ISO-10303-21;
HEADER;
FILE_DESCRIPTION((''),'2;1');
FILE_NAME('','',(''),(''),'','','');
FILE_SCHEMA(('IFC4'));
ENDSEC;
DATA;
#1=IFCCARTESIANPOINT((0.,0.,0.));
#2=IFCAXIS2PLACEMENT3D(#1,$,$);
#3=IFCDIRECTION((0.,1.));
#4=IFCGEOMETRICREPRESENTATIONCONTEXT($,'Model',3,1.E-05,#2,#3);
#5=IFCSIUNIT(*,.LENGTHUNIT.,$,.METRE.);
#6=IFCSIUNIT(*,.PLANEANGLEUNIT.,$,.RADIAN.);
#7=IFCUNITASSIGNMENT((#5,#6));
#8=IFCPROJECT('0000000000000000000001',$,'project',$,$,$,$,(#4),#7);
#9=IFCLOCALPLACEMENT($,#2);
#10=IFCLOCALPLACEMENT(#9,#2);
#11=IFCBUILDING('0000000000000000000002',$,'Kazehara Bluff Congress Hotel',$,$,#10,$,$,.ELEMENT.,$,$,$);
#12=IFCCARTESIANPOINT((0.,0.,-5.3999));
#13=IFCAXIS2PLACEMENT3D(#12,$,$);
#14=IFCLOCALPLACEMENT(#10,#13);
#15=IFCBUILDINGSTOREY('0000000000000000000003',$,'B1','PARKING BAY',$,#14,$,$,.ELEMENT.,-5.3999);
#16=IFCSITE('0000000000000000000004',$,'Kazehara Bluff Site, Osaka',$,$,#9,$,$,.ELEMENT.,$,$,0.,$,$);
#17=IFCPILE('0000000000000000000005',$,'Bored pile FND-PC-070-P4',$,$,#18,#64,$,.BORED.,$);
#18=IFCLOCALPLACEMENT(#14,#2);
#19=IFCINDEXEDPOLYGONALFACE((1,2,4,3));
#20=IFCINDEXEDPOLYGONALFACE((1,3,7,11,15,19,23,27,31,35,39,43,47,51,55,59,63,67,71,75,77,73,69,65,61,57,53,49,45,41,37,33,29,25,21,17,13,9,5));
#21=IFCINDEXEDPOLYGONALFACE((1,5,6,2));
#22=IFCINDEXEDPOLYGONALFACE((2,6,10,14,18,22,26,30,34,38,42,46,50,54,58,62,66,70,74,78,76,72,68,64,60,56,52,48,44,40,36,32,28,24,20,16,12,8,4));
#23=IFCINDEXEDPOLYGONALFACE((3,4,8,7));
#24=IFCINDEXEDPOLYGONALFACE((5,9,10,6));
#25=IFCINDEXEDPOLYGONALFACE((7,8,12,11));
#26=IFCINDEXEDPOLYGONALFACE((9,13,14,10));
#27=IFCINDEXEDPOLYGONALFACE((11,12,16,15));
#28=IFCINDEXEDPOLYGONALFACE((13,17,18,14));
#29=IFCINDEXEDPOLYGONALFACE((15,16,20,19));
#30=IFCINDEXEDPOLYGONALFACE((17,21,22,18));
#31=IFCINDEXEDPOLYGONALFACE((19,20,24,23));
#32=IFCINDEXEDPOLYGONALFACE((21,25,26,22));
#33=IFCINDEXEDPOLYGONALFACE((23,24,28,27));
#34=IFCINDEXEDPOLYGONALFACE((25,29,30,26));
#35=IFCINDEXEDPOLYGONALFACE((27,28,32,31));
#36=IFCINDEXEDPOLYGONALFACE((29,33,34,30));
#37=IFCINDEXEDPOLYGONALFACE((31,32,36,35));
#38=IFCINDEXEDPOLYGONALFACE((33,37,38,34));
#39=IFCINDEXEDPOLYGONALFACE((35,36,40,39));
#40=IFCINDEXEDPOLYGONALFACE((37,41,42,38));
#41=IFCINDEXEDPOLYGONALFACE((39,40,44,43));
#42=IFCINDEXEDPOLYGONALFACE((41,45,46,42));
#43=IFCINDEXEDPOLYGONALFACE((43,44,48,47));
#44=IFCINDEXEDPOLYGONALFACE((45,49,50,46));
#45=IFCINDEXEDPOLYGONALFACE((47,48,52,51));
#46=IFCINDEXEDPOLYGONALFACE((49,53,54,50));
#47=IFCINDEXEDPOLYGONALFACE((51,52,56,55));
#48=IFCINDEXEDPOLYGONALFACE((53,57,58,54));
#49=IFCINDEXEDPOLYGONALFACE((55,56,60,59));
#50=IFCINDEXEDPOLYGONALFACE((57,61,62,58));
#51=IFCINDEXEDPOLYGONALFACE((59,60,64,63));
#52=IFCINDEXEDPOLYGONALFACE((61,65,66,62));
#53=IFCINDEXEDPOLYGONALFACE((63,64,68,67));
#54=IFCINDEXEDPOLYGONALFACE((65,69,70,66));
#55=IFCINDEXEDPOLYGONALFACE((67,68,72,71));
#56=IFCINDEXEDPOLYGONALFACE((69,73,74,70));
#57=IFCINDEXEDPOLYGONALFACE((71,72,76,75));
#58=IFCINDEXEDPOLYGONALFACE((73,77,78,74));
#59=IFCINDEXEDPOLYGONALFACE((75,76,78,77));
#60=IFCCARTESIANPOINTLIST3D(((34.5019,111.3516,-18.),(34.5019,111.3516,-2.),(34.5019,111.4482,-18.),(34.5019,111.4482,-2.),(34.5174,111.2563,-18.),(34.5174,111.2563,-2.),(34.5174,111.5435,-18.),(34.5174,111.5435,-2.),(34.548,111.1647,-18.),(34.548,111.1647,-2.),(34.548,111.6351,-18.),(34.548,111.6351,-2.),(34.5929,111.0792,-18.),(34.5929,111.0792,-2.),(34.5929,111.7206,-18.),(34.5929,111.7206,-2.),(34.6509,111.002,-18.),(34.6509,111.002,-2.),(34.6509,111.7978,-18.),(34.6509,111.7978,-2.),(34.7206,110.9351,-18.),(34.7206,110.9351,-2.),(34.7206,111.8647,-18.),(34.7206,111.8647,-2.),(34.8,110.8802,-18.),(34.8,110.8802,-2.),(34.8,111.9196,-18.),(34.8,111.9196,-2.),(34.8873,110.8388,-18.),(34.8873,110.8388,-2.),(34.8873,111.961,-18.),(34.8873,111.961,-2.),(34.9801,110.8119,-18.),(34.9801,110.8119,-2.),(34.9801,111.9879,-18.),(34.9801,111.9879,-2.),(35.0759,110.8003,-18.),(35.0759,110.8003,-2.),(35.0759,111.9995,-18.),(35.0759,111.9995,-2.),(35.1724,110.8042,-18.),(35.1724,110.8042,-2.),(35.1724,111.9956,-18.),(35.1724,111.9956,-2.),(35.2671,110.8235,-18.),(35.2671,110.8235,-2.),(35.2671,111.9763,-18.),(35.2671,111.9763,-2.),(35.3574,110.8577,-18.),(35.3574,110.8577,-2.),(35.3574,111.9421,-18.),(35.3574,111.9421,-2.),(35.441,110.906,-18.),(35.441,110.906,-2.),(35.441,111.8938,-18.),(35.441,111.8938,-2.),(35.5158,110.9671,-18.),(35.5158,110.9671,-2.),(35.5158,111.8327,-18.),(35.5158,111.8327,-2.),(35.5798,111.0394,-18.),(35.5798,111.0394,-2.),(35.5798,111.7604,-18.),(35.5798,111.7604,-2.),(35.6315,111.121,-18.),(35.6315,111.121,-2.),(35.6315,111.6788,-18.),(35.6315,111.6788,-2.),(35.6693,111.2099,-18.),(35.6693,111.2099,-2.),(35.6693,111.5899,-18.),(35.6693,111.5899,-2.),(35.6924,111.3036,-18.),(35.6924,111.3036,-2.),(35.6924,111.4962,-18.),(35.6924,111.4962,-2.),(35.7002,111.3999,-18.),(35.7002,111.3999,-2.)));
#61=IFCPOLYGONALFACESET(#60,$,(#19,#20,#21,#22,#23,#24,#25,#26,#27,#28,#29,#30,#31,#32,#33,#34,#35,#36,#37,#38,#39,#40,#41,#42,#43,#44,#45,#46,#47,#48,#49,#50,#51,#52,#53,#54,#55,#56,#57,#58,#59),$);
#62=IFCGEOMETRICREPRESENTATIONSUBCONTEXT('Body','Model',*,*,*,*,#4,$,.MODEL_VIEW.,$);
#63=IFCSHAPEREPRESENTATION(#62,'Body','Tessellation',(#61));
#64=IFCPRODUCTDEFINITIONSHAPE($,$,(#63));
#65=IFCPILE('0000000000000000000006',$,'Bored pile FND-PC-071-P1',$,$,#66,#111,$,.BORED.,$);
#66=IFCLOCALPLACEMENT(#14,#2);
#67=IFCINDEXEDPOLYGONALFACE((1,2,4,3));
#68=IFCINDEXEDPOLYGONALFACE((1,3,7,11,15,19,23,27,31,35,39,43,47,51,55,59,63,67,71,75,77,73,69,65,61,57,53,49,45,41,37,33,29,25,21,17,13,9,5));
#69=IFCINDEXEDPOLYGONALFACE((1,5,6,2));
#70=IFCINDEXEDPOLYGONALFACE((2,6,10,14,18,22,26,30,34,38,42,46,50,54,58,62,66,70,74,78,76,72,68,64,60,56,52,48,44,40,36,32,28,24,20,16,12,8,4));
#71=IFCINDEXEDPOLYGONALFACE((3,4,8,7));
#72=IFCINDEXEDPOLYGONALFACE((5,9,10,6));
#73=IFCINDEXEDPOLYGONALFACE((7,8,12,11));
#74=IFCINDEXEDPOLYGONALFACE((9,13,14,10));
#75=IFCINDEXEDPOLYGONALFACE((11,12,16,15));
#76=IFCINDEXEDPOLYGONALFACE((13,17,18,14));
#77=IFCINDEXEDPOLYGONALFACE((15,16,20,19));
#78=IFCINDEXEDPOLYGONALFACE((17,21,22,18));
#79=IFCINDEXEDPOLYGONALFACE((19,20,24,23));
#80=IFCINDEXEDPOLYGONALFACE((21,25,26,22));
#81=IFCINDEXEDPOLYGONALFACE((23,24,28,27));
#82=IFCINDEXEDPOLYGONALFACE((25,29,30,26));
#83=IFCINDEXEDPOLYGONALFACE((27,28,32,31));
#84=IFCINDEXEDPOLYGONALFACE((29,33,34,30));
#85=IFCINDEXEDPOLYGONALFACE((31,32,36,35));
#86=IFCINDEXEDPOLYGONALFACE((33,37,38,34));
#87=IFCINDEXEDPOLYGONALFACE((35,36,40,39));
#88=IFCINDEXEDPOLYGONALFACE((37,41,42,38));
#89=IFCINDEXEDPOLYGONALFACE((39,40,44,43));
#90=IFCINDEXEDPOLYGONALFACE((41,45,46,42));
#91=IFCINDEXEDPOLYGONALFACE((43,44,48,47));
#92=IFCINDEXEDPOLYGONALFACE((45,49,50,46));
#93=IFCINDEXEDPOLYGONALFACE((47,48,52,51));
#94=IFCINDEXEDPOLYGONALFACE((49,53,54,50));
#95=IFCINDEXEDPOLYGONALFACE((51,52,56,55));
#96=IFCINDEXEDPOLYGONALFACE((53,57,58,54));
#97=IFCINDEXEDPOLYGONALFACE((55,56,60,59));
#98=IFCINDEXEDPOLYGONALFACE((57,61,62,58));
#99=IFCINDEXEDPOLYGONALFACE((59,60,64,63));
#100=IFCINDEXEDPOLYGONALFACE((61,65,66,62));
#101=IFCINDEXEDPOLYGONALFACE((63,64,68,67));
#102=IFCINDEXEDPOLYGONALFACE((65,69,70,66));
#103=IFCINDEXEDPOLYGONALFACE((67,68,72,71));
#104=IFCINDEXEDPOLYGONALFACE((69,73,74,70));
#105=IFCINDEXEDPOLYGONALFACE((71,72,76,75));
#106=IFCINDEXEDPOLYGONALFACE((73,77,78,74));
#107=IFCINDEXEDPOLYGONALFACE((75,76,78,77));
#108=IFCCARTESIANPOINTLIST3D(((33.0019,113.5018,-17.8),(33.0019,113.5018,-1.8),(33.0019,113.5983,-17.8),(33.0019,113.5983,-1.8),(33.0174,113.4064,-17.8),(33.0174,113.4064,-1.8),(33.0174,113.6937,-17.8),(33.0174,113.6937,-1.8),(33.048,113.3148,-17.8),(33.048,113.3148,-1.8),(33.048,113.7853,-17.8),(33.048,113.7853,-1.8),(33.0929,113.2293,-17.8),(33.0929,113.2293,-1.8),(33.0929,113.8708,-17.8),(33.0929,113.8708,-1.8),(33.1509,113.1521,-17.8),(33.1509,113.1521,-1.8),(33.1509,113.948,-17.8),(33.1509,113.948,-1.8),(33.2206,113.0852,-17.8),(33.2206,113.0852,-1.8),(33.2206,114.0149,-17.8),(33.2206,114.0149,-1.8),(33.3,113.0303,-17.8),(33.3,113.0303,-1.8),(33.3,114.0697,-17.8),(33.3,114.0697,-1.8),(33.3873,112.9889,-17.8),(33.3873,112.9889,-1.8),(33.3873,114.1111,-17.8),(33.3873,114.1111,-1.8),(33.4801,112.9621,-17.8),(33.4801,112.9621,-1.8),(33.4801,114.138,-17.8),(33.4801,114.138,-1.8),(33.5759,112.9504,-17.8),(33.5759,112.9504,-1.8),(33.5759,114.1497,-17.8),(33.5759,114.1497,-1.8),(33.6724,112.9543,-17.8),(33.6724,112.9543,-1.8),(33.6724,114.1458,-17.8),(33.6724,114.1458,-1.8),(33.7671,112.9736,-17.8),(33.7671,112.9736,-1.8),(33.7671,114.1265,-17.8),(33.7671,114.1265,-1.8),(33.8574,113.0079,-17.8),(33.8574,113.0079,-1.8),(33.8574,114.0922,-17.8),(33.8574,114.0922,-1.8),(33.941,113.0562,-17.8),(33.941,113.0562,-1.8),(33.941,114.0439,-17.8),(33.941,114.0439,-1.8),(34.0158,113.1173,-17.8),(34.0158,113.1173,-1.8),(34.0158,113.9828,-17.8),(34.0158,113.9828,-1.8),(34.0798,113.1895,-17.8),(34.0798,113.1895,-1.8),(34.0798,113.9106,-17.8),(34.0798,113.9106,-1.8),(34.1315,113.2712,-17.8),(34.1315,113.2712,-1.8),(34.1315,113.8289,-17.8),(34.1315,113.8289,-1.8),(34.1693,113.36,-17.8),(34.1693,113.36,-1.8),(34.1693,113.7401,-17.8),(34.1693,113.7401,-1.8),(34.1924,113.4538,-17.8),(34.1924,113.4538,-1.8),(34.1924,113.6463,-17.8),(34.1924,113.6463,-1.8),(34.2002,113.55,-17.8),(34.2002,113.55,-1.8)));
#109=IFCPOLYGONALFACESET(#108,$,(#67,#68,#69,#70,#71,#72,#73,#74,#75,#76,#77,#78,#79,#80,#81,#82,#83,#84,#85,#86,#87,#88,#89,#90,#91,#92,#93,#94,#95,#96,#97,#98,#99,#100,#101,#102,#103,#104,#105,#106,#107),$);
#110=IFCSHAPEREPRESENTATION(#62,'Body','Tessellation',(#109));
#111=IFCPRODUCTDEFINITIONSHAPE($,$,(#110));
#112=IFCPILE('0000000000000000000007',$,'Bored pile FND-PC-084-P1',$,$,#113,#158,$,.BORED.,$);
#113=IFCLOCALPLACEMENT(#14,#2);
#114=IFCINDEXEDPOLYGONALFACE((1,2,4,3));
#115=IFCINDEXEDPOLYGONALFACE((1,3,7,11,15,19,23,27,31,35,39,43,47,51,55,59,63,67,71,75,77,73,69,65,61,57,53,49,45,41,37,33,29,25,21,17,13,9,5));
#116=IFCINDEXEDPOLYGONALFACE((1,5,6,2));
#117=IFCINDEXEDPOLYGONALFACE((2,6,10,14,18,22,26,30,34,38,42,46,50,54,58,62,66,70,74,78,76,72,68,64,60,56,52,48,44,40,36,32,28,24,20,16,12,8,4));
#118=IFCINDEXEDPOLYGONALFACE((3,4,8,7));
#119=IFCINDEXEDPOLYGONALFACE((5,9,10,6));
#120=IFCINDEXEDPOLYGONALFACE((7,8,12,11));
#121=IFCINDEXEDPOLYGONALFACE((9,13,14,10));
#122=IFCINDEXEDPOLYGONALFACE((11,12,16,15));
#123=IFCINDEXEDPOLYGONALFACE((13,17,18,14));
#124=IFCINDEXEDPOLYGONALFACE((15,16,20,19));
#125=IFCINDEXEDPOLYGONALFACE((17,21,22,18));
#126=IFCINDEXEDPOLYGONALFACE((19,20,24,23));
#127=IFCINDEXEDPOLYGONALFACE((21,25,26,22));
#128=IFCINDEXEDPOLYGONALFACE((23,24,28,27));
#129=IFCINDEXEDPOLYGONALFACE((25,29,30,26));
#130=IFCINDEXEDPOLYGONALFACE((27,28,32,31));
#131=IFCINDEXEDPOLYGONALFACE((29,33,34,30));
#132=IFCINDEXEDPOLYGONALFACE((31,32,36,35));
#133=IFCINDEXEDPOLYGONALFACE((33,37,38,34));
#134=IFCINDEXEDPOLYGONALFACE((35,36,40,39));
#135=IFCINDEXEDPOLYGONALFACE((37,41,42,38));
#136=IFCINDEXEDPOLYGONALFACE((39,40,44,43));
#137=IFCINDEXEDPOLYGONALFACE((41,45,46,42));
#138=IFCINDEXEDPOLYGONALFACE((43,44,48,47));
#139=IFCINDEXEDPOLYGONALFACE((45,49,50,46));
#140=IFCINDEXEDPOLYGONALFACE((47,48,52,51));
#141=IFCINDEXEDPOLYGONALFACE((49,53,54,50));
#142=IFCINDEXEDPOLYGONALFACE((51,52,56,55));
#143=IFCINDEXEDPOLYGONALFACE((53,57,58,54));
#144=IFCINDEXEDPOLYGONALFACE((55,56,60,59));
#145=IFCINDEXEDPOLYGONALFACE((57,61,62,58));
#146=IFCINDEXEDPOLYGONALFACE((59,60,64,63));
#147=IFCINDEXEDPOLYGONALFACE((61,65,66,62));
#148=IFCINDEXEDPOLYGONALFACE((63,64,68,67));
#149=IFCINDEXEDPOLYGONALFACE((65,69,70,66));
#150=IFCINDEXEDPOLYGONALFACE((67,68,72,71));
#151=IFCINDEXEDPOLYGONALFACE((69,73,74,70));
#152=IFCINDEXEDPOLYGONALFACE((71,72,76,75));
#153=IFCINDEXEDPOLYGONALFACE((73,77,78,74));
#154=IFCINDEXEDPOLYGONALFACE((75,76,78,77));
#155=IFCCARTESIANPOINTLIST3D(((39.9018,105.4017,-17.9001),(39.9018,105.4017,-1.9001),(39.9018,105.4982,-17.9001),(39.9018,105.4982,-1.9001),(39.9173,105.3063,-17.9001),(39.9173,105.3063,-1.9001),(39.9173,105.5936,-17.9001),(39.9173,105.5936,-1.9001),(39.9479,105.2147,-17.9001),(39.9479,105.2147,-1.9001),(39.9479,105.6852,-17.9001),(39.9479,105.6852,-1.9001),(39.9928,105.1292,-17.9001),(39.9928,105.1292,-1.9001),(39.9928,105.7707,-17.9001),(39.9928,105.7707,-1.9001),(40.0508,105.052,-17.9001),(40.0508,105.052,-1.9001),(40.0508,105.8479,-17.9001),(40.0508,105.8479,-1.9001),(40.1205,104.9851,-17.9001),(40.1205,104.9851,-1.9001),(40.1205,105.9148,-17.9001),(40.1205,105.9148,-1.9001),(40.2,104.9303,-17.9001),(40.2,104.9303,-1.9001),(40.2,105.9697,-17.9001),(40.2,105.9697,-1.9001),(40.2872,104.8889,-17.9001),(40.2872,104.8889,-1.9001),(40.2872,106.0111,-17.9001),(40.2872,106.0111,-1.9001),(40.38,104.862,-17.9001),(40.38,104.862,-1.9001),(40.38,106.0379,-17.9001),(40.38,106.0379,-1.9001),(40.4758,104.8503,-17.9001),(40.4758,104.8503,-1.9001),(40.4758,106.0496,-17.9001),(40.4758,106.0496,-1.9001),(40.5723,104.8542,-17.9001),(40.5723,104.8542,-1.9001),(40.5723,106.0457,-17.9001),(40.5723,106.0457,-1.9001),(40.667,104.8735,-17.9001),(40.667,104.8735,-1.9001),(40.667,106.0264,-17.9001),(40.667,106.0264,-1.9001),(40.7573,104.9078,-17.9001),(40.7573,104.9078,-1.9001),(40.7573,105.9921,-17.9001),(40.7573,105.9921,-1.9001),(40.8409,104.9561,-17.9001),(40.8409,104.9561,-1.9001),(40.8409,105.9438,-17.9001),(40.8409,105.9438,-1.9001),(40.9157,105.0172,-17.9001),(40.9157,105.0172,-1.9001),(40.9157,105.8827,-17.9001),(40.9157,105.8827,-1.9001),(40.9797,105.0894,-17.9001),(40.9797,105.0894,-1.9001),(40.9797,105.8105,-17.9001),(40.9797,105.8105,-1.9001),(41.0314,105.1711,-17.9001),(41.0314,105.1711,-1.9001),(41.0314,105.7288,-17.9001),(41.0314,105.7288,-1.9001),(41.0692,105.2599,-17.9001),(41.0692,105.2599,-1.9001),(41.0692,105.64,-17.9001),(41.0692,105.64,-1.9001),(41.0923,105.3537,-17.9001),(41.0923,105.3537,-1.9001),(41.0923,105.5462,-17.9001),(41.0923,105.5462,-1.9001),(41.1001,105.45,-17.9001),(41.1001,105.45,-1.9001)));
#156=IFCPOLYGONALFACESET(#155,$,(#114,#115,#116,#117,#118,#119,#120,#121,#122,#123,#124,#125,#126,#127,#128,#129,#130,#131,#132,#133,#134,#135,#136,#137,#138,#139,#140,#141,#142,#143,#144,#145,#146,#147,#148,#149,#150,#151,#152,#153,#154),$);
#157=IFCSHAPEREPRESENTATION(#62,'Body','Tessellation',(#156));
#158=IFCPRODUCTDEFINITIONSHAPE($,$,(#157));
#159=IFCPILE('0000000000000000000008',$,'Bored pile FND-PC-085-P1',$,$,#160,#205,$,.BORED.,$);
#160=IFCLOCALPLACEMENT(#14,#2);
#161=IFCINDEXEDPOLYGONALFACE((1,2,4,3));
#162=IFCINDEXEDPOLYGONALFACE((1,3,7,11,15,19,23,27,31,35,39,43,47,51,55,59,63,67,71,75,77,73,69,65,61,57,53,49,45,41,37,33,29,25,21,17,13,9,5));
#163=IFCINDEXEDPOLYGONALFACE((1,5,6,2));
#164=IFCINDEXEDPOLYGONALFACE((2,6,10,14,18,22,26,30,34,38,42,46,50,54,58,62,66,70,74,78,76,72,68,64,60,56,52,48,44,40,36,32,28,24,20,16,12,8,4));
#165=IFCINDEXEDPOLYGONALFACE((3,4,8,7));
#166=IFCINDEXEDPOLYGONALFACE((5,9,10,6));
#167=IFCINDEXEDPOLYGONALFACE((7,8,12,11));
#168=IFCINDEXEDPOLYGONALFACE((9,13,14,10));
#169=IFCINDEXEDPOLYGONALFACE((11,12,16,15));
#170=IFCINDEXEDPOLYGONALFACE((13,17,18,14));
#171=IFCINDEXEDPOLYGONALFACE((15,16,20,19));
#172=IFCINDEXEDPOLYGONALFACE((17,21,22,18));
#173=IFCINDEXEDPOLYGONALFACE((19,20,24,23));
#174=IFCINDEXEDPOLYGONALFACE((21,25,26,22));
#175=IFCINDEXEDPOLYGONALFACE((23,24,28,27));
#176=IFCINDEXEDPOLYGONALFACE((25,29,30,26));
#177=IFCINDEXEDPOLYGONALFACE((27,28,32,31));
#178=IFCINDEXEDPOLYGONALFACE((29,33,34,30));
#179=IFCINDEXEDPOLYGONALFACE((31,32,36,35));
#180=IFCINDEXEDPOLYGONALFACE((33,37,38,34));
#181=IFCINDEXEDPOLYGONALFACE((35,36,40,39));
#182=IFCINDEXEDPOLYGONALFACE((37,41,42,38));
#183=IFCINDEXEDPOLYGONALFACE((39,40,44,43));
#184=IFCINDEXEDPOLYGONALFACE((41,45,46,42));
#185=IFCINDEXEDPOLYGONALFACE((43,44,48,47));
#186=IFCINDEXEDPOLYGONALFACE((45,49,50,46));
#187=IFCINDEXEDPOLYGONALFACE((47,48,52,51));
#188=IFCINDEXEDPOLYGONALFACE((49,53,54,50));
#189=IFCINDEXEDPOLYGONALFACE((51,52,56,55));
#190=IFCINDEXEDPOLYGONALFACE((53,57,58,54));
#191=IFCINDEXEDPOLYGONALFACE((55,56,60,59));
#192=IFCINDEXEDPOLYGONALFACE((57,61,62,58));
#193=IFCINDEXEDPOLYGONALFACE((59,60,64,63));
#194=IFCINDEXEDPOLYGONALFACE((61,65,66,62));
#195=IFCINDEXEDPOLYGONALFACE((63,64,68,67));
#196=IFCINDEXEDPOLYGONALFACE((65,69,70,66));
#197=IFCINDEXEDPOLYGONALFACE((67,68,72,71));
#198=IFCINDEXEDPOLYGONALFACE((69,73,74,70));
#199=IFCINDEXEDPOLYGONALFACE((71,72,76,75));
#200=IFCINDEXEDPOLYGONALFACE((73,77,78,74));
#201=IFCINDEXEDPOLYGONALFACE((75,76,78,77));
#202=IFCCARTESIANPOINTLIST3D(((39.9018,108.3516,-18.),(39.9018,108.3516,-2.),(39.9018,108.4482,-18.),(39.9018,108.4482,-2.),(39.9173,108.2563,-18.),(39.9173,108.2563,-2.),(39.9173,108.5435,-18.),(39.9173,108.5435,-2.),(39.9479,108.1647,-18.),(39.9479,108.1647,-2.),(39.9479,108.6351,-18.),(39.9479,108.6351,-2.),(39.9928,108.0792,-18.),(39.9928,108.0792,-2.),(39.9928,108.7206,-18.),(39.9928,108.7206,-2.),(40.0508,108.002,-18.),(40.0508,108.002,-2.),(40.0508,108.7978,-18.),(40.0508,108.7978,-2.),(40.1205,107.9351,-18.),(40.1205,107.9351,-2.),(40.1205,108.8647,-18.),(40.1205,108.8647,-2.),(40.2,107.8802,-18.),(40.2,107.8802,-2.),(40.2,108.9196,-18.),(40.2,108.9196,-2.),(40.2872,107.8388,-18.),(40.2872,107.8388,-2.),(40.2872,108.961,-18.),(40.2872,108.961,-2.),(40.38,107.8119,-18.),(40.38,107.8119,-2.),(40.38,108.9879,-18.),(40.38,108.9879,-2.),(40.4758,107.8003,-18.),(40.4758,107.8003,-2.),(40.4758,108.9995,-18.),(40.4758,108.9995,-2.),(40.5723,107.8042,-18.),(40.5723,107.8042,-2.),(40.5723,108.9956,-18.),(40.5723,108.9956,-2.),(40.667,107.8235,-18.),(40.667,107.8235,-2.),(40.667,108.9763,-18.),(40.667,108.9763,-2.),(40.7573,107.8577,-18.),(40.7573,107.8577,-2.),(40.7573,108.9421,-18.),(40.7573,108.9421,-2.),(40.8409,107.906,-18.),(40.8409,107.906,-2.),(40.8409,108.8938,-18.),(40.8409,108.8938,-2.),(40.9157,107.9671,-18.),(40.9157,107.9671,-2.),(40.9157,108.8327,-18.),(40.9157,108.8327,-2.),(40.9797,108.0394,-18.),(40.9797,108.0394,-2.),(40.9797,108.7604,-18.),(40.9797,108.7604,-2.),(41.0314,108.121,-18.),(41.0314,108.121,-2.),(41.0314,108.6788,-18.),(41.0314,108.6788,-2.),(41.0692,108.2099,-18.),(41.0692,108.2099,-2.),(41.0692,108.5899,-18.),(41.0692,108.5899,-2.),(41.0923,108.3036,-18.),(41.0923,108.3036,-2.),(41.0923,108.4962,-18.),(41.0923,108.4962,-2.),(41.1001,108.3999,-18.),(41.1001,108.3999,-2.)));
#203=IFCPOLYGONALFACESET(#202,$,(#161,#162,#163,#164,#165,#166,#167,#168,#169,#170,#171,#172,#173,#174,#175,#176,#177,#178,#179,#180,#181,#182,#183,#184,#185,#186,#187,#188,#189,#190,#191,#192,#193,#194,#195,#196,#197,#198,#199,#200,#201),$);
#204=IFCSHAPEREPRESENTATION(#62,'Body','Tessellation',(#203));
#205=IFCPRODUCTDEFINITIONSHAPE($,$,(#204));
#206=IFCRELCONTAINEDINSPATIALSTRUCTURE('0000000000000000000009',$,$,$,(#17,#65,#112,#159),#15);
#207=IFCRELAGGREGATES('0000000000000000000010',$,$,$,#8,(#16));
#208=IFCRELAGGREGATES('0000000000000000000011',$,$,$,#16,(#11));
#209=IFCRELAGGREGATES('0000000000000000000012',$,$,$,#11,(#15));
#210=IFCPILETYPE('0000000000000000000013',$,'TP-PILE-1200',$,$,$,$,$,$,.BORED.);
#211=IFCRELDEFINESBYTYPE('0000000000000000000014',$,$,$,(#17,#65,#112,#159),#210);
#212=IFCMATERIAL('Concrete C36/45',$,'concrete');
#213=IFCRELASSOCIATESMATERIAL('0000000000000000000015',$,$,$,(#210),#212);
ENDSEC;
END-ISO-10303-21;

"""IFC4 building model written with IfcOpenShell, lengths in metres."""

from ifc_helpers import new_model, si_unit, direction, frame, origin, origin_2d, place, context, subcontext, project, spatial, circle, extrude, material, material_profile, profile_set, type_object, element, save


model = new_model("IFC4")

# Units and contexts
model_context = context("Model", 3, precision=1e-05, world=origin(), true_north=direction((0.0, 1.0)))
body_context = subcontext(model_context, "Body", "Model", "MODEL_VIEW")
ifc_project = project(units=[si_unit("LENGTHUNIT", "METRE"), si_unit("PLANEANGLEUNIT", "RADIAN")], contexts=[model_context])

# Site, building, storey
site_placement = place(None, origin())
site = spatial("IfcSite", under=ifc_project, at=site_placement, Name="Kazehara Bluff Site, Osaka", CompositionType="ELEMENT", RefElevation=0.0)
building_placement = place(site_placement, origin())
building = spatial("IfcBuilding", under=site, at=building_placement, Name="Kazehara Bluff Congress Hotel", CompositionType="ELEMENT")
storey_placement = place(building_placement, frame((0.0, 0.0, -5.3999)))
storey = spatial("IfcBuildingStorey", under=building, at=storey_placement, Name="B1", Description="PARKING BAY", CompositionType="ELEMENT", Elevation=-5.3999)

# Piles
ifc_material_1 = material(Name="Concrete C36/45", Category="concrete")
ifc_material_profile_1 = material_profile(ifc_material_1, circle(Radius=0.6001, at=origin_2d()))
ifc_profile_set_1 = profile_set([ifc_material_profile_1], Name="Concrete C36/45")
pile_type = type_object("IfcPileType", Name="TP-PILE-1200", PredefinedType="BORED", material=ifc_profile_set_1)
for number, where, z_axis, x_axis, name in (
    (1, (35.1001, 111.3999, -2.0), (0.0, 0.0, -1.0), (1.0, 0.0, 0.0), "Bored pile FND-PC-070-P4"),
    (2, (33.6001, 113.55, -1.8), (0.0, 0.0, -1.0), (1.0, 0.0, 0.0), "Bored pile FND-PC-071-P1"),
    (3, (40.5, 105.45, -1.9001), (0.0, 0.0, -1.0), (1.0, 0.0, 0.0), "Bored pile FND-PC-084-P1"),
    (4, (40.5, 108.3999, -2.0), (0.0, 0.0, -1.0), (1.0, 0.0, 0.0), "Bored pile FND-PC-085-P1"),
):
    element("IfcPile", number, at=place(storey_placement, frame(where, z_axis=z_axis, x_axis=x_axis)), inside=storey, type_object=pile_type, Name=name, PredefinedType="BORED", context=body_context, shape_type="SweptSolid", body=[
        extrude(circle(Radius=0.6001, at=origin_2d()), origin(), (0.0, 0.0, 1.0), 16.0),
    ])

save(model, "model.ifc")
